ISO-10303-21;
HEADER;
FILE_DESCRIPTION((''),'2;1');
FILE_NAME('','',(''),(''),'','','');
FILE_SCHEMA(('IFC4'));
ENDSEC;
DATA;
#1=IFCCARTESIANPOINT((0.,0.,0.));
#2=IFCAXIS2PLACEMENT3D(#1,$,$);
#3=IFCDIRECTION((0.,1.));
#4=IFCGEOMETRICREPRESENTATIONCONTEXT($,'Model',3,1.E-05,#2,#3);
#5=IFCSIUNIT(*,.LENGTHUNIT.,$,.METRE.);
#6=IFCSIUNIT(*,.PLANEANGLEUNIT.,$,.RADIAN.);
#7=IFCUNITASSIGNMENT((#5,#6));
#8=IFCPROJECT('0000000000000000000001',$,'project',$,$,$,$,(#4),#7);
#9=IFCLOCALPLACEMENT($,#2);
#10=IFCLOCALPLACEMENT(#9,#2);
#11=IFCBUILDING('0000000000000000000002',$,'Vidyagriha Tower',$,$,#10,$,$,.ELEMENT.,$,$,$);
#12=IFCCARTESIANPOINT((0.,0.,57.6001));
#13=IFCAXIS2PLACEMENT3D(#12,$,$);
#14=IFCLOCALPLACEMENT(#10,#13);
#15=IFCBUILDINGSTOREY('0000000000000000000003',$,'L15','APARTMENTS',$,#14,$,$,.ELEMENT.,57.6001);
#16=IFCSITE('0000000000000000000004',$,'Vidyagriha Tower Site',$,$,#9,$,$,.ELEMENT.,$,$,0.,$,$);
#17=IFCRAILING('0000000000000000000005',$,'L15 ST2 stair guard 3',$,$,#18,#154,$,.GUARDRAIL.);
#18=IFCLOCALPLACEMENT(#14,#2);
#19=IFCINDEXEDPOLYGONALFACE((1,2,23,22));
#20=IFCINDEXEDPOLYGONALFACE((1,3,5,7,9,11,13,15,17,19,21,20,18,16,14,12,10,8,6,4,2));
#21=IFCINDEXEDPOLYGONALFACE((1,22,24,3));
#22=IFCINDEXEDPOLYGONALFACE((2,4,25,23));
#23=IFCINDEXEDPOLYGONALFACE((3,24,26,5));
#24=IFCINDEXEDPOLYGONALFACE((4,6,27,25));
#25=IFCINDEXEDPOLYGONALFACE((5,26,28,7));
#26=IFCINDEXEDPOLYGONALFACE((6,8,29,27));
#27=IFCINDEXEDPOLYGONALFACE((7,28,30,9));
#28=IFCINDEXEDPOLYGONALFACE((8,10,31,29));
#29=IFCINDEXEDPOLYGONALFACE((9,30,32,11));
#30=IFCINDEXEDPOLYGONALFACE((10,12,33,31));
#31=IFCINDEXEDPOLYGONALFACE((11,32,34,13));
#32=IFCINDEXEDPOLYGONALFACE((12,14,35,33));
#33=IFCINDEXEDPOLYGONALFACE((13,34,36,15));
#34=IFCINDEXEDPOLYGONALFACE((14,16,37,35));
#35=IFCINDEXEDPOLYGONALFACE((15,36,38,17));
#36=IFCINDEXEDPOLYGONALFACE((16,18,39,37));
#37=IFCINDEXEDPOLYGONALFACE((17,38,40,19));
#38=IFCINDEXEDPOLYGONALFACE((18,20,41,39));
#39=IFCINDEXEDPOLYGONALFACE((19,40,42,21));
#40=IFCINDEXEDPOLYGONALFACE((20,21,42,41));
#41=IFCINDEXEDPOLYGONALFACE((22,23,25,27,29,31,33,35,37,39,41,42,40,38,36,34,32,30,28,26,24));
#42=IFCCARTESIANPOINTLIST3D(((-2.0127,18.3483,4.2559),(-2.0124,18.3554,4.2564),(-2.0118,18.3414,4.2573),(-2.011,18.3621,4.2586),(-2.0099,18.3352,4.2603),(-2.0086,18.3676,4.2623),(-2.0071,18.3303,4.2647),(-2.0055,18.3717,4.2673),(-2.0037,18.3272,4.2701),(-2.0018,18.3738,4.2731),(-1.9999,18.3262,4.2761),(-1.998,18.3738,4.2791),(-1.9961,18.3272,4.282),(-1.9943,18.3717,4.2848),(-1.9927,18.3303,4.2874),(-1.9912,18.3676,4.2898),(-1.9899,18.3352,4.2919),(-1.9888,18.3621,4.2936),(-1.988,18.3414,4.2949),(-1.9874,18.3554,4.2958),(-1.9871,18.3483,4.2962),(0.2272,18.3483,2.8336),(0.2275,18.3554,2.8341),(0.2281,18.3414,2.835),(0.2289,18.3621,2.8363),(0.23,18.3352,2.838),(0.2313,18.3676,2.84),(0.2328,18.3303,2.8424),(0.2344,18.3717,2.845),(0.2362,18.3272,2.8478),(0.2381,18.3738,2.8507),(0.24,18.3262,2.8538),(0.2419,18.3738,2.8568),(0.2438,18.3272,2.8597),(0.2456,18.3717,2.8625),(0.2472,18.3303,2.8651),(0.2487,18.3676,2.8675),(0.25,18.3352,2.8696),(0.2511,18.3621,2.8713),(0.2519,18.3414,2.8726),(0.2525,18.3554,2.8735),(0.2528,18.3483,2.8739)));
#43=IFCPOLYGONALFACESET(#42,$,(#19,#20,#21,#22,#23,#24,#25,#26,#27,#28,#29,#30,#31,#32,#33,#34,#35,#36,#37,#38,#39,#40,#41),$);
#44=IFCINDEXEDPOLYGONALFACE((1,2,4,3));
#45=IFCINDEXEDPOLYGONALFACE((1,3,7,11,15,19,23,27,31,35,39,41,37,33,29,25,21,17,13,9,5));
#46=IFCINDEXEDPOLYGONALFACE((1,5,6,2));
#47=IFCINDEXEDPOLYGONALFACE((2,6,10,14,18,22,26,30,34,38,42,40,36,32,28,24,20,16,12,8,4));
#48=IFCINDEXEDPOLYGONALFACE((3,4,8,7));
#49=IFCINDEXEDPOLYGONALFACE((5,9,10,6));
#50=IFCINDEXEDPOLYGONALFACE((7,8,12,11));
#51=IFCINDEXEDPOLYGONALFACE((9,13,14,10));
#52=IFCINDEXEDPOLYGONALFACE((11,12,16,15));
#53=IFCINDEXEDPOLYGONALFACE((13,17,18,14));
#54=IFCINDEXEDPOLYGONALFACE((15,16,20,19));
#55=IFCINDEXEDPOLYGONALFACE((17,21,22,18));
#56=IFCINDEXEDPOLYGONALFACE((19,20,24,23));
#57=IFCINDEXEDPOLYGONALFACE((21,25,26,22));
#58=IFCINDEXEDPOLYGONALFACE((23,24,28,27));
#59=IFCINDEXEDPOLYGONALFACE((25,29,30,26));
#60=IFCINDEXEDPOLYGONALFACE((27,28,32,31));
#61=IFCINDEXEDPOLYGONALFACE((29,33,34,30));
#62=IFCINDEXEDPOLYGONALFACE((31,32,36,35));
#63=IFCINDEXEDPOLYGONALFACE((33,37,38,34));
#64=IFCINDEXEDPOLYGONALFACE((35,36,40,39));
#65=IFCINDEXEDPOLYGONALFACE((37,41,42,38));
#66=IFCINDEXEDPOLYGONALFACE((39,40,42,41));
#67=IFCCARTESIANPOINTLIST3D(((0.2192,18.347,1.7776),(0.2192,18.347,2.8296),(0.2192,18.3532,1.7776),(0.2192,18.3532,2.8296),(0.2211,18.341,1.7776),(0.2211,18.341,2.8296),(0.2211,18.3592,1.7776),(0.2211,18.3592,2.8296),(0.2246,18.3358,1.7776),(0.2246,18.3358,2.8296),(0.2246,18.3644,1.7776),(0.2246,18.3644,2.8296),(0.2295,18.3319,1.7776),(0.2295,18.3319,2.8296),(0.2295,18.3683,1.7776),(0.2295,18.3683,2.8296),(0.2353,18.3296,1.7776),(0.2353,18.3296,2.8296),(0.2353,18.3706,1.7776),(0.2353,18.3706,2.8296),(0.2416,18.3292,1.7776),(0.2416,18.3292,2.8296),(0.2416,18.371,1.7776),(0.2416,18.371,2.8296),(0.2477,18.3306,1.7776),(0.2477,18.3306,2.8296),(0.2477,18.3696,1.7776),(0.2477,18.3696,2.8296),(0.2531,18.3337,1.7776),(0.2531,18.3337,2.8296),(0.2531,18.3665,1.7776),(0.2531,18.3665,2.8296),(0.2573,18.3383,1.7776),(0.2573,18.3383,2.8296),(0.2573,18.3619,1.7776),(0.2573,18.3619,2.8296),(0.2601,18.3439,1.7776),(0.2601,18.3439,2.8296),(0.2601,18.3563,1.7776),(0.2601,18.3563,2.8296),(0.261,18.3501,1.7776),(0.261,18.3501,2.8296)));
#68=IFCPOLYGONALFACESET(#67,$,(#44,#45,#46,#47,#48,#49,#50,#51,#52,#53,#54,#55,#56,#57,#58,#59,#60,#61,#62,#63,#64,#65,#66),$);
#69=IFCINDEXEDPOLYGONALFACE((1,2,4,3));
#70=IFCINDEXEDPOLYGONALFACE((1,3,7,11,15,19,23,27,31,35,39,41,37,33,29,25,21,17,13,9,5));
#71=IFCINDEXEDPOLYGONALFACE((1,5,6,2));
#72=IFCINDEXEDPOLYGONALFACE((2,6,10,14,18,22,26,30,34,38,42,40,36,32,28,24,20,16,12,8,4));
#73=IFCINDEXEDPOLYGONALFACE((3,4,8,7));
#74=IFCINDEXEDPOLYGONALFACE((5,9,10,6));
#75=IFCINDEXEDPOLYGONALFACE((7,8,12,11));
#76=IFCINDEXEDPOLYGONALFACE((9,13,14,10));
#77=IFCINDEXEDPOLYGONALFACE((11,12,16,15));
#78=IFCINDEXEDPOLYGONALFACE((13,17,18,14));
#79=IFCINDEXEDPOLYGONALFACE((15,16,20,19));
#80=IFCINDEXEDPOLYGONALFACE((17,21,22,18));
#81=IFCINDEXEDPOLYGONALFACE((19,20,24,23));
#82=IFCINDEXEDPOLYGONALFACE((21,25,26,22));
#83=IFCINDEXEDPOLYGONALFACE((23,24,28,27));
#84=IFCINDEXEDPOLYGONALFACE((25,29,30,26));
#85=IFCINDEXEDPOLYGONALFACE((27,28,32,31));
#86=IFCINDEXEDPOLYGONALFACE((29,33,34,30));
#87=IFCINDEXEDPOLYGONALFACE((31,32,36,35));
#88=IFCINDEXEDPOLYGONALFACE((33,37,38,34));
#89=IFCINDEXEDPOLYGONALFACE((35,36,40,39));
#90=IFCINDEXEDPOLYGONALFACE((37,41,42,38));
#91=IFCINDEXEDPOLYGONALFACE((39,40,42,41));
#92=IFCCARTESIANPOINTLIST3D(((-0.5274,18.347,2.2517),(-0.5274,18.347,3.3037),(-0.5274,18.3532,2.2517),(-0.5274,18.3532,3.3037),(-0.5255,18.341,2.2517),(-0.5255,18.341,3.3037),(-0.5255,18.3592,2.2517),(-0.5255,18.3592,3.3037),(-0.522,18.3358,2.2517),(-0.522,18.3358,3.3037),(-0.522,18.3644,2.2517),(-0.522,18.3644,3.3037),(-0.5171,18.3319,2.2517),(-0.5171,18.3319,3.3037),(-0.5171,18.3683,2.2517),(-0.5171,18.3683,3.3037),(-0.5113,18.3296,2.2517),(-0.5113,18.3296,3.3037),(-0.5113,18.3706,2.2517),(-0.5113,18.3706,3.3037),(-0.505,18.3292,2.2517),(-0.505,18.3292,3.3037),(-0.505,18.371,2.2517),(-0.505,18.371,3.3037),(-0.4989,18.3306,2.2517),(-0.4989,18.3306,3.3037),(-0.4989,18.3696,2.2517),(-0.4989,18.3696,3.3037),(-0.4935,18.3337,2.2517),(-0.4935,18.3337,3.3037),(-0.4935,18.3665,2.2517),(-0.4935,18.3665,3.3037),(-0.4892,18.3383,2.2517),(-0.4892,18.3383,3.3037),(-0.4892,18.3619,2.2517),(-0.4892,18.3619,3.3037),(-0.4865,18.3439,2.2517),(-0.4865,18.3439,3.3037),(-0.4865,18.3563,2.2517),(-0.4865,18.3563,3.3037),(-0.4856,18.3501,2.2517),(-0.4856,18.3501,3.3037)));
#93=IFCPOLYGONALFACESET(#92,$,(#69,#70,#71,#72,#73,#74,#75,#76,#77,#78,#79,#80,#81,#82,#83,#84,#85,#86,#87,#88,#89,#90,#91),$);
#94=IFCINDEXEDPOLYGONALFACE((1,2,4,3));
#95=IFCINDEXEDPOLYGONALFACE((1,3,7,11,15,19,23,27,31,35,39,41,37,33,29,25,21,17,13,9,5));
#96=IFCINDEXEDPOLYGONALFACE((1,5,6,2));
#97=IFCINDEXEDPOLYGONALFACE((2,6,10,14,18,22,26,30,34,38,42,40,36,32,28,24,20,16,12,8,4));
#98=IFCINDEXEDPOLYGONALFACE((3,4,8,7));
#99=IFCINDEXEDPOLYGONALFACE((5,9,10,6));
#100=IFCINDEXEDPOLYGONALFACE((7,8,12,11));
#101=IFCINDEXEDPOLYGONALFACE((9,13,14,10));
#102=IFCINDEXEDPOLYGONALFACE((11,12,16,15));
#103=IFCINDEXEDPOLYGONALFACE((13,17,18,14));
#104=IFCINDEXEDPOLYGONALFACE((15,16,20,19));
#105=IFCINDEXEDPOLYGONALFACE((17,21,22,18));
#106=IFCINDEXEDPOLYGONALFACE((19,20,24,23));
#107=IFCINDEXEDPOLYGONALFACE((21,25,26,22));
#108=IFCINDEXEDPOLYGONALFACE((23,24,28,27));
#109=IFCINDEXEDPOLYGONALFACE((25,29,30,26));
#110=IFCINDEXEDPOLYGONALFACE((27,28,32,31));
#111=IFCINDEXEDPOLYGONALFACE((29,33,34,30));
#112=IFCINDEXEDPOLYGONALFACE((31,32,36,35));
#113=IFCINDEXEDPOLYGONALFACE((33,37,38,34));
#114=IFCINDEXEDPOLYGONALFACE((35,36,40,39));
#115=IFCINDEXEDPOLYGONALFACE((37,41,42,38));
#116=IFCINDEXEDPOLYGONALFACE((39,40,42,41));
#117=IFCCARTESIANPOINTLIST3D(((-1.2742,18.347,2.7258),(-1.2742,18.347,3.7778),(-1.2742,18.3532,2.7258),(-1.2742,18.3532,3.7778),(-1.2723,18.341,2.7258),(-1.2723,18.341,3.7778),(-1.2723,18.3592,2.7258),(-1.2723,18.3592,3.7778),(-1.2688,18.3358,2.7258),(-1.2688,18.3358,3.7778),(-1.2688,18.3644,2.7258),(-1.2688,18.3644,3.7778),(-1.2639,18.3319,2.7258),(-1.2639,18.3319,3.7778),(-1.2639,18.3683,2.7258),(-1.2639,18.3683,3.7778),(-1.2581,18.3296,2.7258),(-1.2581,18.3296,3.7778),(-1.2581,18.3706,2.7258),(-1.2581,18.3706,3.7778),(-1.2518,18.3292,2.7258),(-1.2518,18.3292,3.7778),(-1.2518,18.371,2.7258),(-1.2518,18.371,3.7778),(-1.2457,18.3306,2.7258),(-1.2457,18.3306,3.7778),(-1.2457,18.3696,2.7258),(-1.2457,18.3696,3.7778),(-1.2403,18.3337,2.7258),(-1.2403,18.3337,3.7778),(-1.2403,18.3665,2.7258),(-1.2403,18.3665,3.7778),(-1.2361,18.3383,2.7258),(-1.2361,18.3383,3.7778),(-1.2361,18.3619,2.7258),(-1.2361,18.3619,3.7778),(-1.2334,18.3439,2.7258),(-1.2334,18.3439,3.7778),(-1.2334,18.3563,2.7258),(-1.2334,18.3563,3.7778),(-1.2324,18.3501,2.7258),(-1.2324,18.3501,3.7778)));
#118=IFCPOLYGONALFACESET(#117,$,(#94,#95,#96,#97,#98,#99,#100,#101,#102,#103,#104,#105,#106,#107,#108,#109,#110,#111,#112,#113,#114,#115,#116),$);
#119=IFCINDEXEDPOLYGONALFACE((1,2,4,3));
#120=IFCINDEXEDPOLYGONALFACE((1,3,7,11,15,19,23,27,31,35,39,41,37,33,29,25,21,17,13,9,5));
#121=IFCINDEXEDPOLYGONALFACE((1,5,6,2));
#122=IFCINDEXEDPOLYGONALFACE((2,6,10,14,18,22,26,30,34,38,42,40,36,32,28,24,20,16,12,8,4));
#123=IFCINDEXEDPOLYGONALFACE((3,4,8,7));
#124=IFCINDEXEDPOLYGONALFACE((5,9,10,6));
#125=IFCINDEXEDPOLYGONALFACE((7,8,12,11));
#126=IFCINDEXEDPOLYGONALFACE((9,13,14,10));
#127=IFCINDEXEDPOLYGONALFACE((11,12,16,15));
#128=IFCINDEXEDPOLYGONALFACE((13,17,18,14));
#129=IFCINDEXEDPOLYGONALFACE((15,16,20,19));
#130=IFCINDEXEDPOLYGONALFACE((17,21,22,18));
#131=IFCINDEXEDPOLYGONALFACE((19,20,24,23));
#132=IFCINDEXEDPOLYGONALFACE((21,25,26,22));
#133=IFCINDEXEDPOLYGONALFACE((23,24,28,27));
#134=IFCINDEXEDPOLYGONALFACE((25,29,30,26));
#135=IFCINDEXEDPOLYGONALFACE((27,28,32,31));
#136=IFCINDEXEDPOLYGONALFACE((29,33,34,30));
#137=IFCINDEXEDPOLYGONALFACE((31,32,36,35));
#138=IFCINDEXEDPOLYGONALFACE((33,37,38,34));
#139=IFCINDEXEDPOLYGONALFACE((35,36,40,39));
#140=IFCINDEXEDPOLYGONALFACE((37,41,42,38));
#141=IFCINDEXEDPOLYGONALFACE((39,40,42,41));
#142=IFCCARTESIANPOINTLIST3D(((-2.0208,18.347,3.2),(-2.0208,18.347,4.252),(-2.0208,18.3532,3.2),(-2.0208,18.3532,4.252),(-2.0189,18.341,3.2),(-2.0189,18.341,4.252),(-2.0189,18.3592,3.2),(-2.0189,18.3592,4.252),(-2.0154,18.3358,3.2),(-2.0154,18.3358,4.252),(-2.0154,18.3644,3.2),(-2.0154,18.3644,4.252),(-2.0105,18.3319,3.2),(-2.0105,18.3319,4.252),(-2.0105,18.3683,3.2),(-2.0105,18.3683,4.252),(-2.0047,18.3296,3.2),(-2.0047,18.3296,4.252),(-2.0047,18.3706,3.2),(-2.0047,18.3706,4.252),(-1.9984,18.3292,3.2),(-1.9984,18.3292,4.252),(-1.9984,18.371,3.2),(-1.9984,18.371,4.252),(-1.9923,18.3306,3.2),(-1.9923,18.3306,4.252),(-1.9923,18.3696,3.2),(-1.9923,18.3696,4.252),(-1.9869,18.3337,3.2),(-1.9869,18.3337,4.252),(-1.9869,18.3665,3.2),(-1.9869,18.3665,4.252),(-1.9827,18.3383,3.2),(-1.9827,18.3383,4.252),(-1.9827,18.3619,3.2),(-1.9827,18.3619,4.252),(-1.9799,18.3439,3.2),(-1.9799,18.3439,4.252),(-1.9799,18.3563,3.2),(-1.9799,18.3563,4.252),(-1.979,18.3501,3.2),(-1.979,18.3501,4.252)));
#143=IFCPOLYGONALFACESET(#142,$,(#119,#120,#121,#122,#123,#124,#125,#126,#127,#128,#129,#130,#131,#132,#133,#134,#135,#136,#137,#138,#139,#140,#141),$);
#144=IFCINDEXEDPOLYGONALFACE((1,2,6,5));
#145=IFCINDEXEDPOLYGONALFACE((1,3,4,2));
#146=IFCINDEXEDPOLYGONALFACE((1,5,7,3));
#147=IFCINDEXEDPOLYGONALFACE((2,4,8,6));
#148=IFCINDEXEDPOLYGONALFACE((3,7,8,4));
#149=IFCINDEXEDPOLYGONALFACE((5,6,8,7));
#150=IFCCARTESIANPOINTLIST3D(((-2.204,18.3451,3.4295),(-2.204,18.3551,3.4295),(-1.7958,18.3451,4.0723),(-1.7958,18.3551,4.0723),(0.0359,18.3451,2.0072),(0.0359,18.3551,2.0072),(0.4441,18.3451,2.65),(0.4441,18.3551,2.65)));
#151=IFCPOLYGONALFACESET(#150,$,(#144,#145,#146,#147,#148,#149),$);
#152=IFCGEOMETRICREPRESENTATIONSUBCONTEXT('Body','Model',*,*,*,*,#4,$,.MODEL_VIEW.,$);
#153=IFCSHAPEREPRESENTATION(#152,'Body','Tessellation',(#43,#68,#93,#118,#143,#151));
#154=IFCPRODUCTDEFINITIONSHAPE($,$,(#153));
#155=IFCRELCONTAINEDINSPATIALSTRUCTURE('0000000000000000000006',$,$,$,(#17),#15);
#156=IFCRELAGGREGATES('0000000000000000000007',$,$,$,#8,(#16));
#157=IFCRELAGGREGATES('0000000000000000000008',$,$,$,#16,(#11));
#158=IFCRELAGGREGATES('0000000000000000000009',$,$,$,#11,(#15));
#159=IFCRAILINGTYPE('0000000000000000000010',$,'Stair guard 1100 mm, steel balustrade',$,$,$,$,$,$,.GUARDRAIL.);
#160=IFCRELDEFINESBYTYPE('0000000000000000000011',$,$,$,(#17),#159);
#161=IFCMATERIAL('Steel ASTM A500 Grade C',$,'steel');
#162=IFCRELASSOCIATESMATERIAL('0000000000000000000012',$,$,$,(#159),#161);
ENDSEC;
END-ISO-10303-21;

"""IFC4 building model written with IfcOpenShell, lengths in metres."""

from ifc_helpers import new_model, si_unit, direction, frame, origin, origin_2d, place, context, subcontext, project, spatial, rectangle, circle, extrude, material, type_object, element, save


model = new_model("IFC4")

# Units and contexts
model_context = context("Model", 3, precision=1e-05, world=origin(), true_north=direction((0.0, 1.0)))
body_context = subcontext(model_context, "Body", "Model", "MODEL_VIEW")
ifc_project = project(units=[si_unit("LENGTHUNIT", "METRE"), si_unit("PLANEANGLEUNIT", "RADIAN")], contexts=[model_context])

# Site, building, storey
site_placement = place(None, origin())
site = spatial("IfcSite", under=ifc_project, at=site_placement, Name="Vidyagriha Tower Site", CompositionType="ELEMENT", RefElevation=0.0)
building_placement = place(site_placement, origin())
building = spatial("IfcBuilding", under=site, at=building_placement, Name="Vidyagriha Tower", CompositionType="ELEMENT")
storey_placement = place(building_placement, frame((0.0, 0.0, 57.6001)))
storey = spatial("IfcBuildingStorey", under=building, at=storey_placement, Name="L15", Description="APARTMENTS", CompositionType="ELEMENT", Elevation=57.6001)

# Railing
ifc_material_1 = material(Name="Steel ASTM A500 Grade C", Category="steel")
railing_type_1 = type_object("IfcRailingType", Name="Stair guard 1100 mm, steel balustrade", PredefinedType="GUARDRAIL", material=ifc_material_1)
railing_1_placement = place(storey_placement, frame((0.24, 18.3501, 1.7776)))
element("IfcRailing", 1, at=railing_1_placement, inside=storey, type_object=railing_type_1, Name="L15 ST2 stair guard 3", PredefinedType="GUARDRAIL", context=body_context, shape_type="SweptSolid", body=[
    extrude(circle(Radius=0.0239, at=origin_2d()), frame((0.0, 0.0, 1.0762), z_axis=(-0.844188, 0.0, 0.536048), x_axis=(0.0, -1.0, 0.0)), (0.0, 0.0, 1.0), 2.6533),
    extrude(circle(Radius=0.021, at=origin_2d()), origin(), (0.0, 0.0, 1.0), 1.052),
    extrude(circle(Radius=0.021, at=origin_2d()), frame((-0.7466, 0.0, 0.4741)), (0.0, 0.0, 1.0), 1.052),
    extrude(circle(Radius=0.021, at=origin_2d()), frame((-1.4934, 0.0, 0.9482)), (0.0, 0.0, 1.0), 1.052),
    extrude(circle(Radius=0.021, at=origin_2d()), frame((-2.24, 0.0, 1.4224)), (0.0, 0.0, 1.0), 1.052),
    extrude(rectangle(XDim=0.01, YDim=0.7615, at=origin_2d()), frame((0.0, 0.0, 0.551), z_axis=(-0.844188, 0.0, 0.536048), x_axis=(0.0, -1.0, 0.0)), (0.0, 0.0, 1.0), 2.6533),
])

save(model, "model.ifc")
